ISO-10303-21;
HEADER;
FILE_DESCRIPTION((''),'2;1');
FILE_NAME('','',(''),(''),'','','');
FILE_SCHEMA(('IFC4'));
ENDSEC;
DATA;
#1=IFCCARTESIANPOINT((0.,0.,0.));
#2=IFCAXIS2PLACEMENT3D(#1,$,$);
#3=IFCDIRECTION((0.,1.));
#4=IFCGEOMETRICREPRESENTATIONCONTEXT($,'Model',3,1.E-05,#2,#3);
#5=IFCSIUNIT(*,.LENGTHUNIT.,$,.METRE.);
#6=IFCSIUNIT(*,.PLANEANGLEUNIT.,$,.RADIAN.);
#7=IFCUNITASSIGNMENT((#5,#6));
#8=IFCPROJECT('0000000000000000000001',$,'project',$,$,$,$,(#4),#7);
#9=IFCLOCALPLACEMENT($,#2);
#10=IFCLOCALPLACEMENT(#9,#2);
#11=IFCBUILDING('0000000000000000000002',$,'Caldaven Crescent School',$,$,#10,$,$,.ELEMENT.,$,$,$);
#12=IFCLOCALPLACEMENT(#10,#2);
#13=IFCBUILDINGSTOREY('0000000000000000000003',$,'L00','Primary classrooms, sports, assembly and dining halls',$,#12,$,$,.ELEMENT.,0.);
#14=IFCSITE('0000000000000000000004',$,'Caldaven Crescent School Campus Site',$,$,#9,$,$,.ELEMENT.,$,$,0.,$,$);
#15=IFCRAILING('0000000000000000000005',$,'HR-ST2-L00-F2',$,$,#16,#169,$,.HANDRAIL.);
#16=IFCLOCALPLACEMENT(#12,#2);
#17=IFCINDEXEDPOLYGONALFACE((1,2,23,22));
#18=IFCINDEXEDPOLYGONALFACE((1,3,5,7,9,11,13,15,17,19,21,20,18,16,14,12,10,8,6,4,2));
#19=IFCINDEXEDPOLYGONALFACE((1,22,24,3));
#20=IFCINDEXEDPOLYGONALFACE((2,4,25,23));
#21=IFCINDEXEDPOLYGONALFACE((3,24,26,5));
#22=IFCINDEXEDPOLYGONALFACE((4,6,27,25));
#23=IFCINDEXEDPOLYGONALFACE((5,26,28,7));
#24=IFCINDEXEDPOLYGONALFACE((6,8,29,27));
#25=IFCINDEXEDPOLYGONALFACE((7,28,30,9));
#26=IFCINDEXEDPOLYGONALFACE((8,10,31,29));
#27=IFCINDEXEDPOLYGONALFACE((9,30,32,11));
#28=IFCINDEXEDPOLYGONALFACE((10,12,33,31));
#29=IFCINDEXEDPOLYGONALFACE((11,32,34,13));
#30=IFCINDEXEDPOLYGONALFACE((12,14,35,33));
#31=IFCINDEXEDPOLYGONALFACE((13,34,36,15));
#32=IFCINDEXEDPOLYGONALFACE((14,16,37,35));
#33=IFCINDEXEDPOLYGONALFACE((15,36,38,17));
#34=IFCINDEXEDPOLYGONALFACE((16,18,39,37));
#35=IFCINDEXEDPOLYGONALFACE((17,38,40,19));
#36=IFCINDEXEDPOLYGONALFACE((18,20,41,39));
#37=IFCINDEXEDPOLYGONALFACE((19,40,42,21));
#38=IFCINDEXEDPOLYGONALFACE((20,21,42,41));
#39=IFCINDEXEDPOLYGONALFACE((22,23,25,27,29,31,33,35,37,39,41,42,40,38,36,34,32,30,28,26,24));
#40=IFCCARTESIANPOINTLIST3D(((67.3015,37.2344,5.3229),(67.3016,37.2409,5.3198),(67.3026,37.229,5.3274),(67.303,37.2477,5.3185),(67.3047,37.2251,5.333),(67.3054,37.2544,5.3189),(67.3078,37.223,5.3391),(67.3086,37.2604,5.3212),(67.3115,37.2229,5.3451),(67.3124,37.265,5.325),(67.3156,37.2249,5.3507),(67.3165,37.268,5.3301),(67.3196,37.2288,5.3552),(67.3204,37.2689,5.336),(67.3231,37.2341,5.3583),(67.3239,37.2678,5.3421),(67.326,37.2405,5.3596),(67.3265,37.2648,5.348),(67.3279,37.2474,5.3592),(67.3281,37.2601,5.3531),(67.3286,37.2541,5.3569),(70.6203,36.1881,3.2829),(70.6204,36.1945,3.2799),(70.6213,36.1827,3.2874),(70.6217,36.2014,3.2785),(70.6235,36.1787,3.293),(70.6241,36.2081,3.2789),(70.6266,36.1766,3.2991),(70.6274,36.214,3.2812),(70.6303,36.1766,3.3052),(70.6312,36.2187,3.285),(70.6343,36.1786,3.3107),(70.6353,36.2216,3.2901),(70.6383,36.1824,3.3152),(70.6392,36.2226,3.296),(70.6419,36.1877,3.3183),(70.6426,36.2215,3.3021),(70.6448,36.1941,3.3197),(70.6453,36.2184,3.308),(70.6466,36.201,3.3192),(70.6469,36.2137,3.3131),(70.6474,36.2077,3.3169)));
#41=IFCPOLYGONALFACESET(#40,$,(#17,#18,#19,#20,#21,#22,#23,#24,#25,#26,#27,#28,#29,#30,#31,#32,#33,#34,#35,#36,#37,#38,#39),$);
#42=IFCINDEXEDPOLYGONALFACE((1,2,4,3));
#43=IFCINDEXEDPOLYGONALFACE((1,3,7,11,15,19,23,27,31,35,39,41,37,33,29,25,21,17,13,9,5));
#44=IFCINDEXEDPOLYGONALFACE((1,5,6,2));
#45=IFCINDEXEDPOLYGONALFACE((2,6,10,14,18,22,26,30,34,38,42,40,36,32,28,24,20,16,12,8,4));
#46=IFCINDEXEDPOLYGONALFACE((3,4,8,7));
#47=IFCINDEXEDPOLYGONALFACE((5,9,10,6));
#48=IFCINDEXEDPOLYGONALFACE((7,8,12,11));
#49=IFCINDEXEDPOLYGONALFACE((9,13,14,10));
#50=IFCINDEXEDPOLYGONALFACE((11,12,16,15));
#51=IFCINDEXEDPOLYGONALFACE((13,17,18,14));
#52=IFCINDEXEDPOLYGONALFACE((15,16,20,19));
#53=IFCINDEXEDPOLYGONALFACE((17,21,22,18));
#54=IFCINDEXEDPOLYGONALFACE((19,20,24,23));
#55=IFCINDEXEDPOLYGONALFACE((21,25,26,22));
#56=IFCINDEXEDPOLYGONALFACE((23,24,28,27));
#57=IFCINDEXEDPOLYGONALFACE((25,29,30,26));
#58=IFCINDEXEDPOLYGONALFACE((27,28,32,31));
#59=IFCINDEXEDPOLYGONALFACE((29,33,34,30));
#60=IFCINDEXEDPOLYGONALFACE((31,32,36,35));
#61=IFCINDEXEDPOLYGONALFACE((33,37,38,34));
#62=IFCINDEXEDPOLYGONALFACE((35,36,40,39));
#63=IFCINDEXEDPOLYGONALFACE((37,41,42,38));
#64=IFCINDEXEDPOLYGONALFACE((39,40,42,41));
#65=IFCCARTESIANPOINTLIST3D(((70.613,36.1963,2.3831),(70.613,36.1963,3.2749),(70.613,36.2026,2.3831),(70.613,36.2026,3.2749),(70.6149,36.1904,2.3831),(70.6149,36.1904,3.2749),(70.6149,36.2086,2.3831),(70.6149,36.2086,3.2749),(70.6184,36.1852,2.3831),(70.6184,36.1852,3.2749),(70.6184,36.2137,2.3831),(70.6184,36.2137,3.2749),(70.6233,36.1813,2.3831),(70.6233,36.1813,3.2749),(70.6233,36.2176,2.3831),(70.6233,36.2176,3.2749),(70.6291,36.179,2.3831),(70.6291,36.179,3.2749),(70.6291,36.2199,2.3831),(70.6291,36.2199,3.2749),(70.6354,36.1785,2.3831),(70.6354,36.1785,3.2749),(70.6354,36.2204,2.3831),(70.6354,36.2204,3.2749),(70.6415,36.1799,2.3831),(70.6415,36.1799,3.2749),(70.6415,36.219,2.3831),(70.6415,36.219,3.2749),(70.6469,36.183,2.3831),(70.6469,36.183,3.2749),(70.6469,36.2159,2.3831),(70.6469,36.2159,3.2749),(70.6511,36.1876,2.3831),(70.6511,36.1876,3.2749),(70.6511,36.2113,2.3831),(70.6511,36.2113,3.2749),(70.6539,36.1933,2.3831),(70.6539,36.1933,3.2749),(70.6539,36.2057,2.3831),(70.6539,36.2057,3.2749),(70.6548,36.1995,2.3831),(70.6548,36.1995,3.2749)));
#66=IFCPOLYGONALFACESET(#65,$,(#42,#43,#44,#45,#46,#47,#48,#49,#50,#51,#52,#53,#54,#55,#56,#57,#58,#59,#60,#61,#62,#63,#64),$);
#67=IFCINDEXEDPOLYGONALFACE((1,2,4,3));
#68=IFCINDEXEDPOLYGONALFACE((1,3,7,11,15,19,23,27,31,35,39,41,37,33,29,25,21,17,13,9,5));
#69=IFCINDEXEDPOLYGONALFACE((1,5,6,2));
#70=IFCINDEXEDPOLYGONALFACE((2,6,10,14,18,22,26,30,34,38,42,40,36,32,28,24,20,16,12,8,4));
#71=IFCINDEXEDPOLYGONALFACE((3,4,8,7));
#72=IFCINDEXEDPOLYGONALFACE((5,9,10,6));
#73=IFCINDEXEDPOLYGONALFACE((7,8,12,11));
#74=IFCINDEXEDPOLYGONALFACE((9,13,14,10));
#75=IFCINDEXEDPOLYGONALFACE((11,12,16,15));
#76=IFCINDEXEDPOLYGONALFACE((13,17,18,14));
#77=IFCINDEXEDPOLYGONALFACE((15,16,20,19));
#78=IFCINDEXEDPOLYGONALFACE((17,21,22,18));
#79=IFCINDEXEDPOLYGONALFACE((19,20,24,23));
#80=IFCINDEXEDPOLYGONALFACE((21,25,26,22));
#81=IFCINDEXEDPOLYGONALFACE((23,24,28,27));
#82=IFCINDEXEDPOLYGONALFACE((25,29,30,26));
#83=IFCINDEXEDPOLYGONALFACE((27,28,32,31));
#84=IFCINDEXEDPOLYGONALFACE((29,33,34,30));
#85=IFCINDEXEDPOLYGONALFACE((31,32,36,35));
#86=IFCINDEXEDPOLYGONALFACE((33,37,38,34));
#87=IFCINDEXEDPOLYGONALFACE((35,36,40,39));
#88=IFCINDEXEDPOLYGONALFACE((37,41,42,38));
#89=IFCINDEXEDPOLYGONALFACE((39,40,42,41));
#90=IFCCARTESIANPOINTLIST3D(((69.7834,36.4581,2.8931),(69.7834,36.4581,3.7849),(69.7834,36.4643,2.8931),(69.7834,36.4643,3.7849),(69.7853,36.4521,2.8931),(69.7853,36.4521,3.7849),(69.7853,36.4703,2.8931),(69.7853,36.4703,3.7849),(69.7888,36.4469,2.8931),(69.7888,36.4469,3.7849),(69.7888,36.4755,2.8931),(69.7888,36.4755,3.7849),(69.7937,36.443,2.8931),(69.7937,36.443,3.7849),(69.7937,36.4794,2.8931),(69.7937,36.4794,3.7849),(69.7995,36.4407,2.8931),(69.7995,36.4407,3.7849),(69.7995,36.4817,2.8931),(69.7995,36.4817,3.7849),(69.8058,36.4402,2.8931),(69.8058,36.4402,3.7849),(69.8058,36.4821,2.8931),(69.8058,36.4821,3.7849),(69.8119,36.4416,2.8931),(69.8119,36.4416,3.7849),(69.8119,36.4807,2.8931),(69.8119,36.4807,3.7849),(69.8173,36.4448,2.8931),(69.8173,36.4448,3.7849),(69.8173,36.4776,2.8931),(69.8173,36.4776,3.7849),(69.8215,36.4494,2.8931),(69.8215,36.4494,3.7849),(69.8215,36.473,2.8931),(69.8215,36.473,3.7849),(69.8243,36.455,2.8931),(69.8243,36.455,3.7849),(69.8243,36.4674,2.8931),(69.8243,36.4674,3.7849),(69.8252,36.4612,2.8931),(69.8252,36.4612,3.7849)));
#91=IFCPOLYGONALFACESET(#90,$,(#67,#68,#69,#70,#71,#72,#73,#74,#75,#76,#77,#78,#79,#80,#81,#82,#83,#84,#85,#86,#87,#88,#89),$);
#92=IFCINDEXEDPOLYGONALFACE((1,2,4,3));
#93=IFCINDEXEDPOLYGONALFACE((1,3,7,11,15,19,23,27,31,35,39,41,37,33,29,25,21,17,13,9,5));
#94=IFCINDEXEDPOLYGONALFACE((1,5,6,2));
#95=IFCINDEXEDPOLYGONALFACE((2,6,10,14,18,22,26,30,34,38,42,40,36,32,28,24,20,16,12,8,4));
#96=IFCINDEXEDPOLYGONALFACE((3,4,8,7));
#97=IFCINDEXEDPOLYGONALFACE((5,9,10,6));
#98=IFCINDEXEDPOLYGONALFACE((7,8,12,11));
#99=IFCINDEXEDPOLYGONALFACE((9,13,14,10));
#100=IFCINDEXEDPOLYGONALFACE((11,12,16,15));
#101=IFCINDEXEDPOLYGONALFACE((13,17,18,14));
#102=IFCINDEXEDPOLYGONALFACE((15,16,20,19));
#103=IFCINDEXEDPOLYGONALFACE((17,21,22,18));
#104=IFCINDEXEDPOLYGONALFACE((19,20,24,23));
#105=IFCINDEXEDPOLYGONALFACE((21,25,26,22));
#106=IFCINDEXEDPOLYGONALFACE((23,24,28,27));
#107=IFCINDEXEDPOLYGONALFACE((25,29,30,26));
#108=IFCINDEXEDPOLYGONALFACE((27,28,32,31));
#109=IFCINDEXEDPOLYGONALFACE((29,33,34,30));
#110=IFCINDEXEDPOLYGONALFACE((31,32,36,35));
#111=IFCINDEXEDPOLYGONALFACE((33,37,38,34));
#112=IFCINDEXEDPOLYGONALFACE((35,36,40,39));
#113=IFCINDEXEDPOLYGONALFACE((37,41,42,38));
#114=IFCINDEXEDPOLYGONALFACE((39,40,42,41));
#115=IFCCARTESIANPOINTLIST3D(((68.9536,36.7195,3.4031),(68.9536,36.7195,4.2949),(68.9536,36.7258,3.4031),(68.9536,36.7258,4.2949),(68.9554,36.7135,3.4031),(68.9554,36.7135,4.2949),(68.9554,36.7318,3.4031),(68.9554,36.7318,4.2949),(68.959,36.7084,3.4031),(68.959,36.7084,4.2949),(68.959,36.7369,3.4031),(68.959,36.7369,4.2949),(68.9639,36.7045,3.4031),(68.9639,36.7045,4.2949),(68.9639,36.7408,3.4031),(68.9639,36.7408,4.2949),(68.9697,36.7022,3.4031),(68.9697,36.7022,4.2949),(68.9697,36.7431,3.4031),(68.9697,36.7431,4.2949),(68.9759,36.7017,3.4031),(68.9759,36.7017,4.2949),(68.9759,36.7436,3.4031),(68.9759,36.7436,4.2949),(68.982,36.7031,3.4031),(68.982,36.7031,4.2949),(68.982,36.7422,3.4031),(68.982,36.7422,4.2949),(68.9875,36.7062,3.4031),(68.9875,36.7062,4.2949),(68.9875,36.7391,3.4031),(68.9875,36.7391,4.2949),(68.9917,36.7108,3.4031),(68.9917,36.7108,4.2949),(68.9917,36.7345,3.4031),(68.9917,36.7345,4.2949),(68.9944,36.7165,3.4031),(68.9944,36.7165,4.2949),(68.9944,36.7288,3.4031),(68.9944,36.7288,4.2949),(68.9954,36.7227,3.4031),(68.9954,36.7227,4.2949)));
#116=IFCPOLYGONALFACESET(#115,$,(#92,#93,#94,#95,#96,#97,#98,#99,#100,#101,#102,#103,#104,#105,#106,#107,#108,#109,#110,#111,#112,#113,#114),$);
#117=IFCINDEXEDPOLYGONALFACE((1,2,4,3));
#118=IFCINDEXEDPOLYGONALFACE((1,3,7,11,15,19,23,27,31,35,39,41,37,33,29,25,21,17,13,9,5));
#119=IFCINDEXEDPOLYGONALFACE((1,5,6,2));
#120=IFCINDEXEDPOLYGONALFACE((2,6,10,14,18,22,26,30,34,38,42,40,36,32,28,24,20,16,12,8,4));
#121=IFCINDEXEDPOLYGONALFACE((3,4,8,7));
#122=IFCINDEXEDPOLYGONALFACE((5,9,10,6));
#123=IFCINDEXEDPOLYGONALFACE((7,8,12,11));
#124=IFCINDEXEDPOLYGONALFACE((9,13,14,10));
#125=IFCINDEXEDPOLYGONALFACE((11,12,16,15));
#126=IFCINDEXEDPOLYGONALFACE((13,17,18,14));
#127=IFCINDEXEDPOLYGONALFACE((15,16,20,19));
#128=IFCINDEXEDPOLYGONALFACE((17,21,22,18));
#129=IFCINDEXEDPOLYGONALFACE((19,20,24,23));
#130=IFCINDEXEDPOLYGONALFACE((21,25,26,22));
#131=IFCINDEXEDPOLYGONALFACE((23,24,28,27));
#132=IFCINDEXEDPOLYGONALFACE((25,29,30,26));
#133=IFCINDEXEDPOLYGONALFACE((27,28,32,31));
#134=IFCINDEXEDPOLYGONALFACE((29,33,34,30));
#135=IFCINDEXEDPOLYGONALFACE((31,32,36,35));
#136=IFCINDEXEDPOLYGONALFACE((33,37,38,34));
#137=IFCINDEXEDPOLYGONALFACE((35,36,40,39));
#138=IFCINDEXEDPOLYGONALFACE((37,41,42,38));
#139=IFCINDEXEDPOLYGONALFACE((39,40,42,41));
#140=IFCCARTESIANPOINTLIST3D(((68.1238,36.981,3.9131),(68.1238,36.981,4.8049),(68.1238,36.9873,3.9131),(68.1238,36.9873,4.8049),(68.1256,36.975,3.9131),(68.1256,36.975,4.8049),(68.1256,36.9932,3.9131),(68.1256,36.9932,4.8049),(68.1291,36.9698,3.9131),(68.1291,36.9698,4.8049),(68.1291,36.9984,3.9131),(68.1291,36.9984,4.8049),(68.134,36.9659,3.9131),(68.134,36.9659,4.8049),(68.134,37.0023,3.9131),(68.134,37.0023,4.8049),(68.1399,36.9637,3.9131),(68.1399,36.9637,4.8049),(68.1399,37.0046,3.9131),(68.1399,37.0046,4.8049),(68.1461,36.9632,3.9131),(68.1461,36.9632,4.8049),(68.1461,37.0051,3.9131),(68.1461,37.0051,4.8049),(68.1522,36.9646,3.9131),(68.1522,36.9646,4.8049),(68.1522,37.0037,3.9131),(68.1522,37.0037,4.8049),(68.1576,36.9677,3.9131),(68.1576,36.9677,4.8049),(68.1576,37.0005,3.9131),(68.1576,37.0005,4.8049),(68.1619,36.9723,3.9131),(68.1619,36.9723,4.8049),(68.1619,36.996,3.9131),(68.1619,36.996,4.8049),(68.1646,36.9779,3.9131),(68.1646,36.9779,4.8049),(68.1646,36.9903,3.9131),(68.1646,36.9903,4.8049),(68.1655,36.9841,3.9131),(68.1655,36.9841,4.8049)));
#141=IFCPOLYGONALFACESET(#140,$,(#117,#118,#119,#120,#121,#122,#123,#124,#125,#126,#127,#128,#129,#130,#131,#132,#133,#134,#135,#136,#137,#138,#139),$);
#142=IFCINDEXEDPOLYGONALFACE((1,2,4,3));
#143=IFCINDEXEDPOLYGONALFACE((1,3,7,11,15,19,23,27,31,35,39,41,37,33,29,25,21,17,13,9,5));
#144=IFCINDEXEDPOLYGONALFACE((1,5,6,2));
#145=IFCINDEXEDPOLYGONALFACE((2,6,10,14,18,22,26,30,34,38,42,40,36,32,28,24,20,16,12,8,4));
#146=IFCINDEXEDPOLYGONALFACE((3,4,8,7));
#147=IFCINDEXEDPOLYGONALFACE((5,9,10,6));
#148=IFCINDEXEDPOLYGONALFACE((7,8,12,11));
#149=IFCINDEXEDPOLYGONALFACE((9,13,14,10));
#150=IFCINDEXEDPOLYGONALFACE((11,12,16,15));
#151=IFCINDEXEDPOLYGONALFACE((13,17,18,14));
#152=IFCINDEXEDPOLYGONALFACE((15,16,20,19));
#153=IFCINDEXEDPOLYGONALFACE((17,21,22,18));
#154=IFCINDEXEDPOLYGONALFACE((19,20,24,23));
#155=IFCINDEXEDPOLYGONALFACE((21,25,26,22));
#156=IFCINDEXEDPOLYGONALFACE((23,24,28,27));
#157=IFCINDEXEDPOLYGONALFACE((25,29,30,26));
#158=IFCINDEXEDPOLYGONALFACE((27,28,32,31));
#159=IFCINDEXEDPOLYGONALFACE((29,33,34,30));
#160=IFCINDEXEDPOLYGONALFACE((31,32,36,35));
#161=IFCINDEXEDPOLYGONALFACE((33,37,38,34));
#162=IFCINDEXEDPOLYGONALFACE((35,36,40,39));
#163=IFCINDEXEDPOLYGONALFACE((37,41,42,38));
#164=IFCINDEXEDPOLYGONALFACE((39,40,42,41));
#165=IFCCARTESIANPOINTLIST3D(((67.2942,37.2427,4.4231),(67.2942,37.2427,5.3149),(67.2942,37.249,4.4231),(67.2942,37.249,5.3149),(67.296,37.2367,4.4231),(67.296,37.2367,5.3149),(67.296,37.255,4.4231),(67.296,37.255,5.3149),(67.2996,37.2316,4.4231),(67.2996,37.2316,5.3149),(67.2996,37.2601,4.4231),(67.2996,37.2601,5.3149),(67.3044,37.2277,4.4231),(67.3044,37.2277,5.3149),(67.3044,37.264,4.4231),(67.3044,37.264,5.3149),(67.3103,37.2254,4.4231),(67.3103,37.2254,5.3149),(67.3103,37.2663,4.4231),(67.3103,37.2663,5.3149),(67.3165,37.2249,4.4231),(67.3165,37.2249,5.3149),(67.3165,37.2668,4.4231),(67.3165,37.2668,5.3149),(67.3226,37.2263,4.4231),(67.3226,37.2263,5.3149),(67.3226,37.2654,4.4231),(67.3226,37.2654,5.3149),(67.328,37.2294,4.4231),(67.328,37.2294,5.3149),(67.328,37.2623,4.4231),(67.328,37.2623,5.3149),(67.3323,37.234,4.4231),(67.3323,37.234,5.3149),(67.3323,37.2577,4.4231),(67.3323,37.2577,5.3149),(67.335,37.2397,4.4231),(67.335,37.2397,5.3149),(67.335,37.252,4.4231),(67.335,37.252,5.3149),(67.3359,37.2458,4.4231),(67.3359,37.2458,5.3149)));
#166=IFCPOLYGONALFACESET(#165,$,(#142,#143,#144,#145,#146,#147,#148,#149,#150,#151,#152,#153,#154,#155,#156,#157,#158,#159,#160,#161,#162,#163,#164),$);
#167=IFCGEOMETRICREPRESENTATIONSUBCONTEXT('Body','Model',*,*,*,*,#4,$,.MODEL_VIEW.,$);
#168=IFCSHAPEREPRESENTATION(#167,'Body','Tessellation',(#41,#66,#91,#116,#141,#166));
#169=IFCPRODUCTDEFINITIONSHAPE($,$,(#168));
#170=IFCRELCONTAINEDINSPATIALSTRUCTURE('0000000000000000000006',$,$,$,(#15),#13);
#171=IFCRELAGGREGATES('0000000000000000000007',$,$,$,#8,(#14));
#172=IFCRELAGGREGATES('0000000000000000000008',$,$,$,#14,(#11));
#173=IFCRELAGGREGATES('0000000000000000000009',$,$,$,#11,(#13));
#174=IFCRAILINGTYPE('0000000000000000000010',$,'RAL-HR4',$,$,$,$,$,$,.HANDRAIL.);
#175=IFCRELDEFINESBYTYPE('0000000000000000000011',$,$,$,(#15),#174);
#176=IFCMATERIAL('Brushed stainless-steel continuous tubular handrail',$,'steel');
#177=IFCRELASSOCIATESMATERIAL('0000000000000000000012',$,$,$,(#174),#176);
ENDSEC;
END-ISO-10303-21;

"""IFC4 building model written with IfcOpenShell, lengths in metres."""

from ifc_helpers import new_model, si_unit, direction, frame, origin, origin_2d, place, context, subcontext, project, spatial, circle, extrude, material, type_object, element, save


model = new_model("IFC4")

# Units and contexts
model_context = context("Model", 3, precision=1e-05, world=origin(), true_north=direction((0.0, 1.0)))
body_context = subcontext(model_context, "Body", "Model", "MODEL_VIEW")
ifc_project = project(units=[si_unit("LENGTHUNIT", "METRE"), si_unit("PLANEANGLEUNIT", "RADIAN")], contexts=[model_context])

# Site, building, storey
site_placement = place(None, origin())
site = spatial("IfcSite", under=ifc_project, at=site_placement, Name="Caldaven Crescent School Campus Site", CompositionType="ELEMENT", RefElevation=0.0)
building_placement = place(site_placement, origin())
building = spatial("IfcBuilding", under=site, at=building_placement, Name="Caldaven Crescent School", CompositionType="ELEMENT")
storey_placement = place(building_placement, origin())
storey = spatial("IfcBuildingStorey", under=building, at=storey_placement, Name="L00", Description="Primary classrooms, sports, assembly and dining halls", CompositionType="ELEMENT", Elevation=0.0)

# Railing
ifc_material_1 = material(Name="Brushed stainless-steel continuous tubular handrail", Category="steel")
railing_type_1 = type_object("IfcRailingType", Name="RAL-HR4", PredefinedType="HANDRAIL", material=ifc_material_1)
railing_1_placement = place(storey_placement, frame((70.6338, 36.1995, 2.3831)))
element("IfcRailing", 1, at=railing_1_placement, inside=storey, type_object=railing_type_1, Name="HR-ST2-L00-F2", PredefinedType="HANDRAIL", context=body_context, shape_type="SweptSolid", body=[
    extrude(circle(Radius=0.0239, at=origin_2d()), frame((0.0, 0.0, 0.916), z_axis=(-0.822762, 0.259406, 0.505738), x_axis=(-0.300695, -0.95372, 0.0)), (0.0, 0.0, 1.0), 4.0337),
    extrude(circle(Radius=0.021, at=origin_2d()), origin(), (0.0, 0.0, 1.0), 0.8918),
    extrude(circle(Radius=0.021, at=origin_2d()), frame((-0.8296, 0.2617, 0.51)), (0.0, 0.0, 1.0), 0.8918),
    extrude(circle(Radius=0.021, at=origin_2d()), frame((-1.6594, 0.5232, 1.02)), (0.0, 0.0, 1.0), 0.8918),
    extrude(circle(Radius=0.021, at=origin_2d()), frame((-2.4893, 0.7847, 1.53)), (0.0, 0.0, 1.0), 0.8918),
    extrude(circle(Radius=0.021, at=origin_2d()), frame((-3.3188, 1.0464, 2.04)), (0.0, 0.0, 1.0), 0.8918),
])

save(model, "model.ifc")
